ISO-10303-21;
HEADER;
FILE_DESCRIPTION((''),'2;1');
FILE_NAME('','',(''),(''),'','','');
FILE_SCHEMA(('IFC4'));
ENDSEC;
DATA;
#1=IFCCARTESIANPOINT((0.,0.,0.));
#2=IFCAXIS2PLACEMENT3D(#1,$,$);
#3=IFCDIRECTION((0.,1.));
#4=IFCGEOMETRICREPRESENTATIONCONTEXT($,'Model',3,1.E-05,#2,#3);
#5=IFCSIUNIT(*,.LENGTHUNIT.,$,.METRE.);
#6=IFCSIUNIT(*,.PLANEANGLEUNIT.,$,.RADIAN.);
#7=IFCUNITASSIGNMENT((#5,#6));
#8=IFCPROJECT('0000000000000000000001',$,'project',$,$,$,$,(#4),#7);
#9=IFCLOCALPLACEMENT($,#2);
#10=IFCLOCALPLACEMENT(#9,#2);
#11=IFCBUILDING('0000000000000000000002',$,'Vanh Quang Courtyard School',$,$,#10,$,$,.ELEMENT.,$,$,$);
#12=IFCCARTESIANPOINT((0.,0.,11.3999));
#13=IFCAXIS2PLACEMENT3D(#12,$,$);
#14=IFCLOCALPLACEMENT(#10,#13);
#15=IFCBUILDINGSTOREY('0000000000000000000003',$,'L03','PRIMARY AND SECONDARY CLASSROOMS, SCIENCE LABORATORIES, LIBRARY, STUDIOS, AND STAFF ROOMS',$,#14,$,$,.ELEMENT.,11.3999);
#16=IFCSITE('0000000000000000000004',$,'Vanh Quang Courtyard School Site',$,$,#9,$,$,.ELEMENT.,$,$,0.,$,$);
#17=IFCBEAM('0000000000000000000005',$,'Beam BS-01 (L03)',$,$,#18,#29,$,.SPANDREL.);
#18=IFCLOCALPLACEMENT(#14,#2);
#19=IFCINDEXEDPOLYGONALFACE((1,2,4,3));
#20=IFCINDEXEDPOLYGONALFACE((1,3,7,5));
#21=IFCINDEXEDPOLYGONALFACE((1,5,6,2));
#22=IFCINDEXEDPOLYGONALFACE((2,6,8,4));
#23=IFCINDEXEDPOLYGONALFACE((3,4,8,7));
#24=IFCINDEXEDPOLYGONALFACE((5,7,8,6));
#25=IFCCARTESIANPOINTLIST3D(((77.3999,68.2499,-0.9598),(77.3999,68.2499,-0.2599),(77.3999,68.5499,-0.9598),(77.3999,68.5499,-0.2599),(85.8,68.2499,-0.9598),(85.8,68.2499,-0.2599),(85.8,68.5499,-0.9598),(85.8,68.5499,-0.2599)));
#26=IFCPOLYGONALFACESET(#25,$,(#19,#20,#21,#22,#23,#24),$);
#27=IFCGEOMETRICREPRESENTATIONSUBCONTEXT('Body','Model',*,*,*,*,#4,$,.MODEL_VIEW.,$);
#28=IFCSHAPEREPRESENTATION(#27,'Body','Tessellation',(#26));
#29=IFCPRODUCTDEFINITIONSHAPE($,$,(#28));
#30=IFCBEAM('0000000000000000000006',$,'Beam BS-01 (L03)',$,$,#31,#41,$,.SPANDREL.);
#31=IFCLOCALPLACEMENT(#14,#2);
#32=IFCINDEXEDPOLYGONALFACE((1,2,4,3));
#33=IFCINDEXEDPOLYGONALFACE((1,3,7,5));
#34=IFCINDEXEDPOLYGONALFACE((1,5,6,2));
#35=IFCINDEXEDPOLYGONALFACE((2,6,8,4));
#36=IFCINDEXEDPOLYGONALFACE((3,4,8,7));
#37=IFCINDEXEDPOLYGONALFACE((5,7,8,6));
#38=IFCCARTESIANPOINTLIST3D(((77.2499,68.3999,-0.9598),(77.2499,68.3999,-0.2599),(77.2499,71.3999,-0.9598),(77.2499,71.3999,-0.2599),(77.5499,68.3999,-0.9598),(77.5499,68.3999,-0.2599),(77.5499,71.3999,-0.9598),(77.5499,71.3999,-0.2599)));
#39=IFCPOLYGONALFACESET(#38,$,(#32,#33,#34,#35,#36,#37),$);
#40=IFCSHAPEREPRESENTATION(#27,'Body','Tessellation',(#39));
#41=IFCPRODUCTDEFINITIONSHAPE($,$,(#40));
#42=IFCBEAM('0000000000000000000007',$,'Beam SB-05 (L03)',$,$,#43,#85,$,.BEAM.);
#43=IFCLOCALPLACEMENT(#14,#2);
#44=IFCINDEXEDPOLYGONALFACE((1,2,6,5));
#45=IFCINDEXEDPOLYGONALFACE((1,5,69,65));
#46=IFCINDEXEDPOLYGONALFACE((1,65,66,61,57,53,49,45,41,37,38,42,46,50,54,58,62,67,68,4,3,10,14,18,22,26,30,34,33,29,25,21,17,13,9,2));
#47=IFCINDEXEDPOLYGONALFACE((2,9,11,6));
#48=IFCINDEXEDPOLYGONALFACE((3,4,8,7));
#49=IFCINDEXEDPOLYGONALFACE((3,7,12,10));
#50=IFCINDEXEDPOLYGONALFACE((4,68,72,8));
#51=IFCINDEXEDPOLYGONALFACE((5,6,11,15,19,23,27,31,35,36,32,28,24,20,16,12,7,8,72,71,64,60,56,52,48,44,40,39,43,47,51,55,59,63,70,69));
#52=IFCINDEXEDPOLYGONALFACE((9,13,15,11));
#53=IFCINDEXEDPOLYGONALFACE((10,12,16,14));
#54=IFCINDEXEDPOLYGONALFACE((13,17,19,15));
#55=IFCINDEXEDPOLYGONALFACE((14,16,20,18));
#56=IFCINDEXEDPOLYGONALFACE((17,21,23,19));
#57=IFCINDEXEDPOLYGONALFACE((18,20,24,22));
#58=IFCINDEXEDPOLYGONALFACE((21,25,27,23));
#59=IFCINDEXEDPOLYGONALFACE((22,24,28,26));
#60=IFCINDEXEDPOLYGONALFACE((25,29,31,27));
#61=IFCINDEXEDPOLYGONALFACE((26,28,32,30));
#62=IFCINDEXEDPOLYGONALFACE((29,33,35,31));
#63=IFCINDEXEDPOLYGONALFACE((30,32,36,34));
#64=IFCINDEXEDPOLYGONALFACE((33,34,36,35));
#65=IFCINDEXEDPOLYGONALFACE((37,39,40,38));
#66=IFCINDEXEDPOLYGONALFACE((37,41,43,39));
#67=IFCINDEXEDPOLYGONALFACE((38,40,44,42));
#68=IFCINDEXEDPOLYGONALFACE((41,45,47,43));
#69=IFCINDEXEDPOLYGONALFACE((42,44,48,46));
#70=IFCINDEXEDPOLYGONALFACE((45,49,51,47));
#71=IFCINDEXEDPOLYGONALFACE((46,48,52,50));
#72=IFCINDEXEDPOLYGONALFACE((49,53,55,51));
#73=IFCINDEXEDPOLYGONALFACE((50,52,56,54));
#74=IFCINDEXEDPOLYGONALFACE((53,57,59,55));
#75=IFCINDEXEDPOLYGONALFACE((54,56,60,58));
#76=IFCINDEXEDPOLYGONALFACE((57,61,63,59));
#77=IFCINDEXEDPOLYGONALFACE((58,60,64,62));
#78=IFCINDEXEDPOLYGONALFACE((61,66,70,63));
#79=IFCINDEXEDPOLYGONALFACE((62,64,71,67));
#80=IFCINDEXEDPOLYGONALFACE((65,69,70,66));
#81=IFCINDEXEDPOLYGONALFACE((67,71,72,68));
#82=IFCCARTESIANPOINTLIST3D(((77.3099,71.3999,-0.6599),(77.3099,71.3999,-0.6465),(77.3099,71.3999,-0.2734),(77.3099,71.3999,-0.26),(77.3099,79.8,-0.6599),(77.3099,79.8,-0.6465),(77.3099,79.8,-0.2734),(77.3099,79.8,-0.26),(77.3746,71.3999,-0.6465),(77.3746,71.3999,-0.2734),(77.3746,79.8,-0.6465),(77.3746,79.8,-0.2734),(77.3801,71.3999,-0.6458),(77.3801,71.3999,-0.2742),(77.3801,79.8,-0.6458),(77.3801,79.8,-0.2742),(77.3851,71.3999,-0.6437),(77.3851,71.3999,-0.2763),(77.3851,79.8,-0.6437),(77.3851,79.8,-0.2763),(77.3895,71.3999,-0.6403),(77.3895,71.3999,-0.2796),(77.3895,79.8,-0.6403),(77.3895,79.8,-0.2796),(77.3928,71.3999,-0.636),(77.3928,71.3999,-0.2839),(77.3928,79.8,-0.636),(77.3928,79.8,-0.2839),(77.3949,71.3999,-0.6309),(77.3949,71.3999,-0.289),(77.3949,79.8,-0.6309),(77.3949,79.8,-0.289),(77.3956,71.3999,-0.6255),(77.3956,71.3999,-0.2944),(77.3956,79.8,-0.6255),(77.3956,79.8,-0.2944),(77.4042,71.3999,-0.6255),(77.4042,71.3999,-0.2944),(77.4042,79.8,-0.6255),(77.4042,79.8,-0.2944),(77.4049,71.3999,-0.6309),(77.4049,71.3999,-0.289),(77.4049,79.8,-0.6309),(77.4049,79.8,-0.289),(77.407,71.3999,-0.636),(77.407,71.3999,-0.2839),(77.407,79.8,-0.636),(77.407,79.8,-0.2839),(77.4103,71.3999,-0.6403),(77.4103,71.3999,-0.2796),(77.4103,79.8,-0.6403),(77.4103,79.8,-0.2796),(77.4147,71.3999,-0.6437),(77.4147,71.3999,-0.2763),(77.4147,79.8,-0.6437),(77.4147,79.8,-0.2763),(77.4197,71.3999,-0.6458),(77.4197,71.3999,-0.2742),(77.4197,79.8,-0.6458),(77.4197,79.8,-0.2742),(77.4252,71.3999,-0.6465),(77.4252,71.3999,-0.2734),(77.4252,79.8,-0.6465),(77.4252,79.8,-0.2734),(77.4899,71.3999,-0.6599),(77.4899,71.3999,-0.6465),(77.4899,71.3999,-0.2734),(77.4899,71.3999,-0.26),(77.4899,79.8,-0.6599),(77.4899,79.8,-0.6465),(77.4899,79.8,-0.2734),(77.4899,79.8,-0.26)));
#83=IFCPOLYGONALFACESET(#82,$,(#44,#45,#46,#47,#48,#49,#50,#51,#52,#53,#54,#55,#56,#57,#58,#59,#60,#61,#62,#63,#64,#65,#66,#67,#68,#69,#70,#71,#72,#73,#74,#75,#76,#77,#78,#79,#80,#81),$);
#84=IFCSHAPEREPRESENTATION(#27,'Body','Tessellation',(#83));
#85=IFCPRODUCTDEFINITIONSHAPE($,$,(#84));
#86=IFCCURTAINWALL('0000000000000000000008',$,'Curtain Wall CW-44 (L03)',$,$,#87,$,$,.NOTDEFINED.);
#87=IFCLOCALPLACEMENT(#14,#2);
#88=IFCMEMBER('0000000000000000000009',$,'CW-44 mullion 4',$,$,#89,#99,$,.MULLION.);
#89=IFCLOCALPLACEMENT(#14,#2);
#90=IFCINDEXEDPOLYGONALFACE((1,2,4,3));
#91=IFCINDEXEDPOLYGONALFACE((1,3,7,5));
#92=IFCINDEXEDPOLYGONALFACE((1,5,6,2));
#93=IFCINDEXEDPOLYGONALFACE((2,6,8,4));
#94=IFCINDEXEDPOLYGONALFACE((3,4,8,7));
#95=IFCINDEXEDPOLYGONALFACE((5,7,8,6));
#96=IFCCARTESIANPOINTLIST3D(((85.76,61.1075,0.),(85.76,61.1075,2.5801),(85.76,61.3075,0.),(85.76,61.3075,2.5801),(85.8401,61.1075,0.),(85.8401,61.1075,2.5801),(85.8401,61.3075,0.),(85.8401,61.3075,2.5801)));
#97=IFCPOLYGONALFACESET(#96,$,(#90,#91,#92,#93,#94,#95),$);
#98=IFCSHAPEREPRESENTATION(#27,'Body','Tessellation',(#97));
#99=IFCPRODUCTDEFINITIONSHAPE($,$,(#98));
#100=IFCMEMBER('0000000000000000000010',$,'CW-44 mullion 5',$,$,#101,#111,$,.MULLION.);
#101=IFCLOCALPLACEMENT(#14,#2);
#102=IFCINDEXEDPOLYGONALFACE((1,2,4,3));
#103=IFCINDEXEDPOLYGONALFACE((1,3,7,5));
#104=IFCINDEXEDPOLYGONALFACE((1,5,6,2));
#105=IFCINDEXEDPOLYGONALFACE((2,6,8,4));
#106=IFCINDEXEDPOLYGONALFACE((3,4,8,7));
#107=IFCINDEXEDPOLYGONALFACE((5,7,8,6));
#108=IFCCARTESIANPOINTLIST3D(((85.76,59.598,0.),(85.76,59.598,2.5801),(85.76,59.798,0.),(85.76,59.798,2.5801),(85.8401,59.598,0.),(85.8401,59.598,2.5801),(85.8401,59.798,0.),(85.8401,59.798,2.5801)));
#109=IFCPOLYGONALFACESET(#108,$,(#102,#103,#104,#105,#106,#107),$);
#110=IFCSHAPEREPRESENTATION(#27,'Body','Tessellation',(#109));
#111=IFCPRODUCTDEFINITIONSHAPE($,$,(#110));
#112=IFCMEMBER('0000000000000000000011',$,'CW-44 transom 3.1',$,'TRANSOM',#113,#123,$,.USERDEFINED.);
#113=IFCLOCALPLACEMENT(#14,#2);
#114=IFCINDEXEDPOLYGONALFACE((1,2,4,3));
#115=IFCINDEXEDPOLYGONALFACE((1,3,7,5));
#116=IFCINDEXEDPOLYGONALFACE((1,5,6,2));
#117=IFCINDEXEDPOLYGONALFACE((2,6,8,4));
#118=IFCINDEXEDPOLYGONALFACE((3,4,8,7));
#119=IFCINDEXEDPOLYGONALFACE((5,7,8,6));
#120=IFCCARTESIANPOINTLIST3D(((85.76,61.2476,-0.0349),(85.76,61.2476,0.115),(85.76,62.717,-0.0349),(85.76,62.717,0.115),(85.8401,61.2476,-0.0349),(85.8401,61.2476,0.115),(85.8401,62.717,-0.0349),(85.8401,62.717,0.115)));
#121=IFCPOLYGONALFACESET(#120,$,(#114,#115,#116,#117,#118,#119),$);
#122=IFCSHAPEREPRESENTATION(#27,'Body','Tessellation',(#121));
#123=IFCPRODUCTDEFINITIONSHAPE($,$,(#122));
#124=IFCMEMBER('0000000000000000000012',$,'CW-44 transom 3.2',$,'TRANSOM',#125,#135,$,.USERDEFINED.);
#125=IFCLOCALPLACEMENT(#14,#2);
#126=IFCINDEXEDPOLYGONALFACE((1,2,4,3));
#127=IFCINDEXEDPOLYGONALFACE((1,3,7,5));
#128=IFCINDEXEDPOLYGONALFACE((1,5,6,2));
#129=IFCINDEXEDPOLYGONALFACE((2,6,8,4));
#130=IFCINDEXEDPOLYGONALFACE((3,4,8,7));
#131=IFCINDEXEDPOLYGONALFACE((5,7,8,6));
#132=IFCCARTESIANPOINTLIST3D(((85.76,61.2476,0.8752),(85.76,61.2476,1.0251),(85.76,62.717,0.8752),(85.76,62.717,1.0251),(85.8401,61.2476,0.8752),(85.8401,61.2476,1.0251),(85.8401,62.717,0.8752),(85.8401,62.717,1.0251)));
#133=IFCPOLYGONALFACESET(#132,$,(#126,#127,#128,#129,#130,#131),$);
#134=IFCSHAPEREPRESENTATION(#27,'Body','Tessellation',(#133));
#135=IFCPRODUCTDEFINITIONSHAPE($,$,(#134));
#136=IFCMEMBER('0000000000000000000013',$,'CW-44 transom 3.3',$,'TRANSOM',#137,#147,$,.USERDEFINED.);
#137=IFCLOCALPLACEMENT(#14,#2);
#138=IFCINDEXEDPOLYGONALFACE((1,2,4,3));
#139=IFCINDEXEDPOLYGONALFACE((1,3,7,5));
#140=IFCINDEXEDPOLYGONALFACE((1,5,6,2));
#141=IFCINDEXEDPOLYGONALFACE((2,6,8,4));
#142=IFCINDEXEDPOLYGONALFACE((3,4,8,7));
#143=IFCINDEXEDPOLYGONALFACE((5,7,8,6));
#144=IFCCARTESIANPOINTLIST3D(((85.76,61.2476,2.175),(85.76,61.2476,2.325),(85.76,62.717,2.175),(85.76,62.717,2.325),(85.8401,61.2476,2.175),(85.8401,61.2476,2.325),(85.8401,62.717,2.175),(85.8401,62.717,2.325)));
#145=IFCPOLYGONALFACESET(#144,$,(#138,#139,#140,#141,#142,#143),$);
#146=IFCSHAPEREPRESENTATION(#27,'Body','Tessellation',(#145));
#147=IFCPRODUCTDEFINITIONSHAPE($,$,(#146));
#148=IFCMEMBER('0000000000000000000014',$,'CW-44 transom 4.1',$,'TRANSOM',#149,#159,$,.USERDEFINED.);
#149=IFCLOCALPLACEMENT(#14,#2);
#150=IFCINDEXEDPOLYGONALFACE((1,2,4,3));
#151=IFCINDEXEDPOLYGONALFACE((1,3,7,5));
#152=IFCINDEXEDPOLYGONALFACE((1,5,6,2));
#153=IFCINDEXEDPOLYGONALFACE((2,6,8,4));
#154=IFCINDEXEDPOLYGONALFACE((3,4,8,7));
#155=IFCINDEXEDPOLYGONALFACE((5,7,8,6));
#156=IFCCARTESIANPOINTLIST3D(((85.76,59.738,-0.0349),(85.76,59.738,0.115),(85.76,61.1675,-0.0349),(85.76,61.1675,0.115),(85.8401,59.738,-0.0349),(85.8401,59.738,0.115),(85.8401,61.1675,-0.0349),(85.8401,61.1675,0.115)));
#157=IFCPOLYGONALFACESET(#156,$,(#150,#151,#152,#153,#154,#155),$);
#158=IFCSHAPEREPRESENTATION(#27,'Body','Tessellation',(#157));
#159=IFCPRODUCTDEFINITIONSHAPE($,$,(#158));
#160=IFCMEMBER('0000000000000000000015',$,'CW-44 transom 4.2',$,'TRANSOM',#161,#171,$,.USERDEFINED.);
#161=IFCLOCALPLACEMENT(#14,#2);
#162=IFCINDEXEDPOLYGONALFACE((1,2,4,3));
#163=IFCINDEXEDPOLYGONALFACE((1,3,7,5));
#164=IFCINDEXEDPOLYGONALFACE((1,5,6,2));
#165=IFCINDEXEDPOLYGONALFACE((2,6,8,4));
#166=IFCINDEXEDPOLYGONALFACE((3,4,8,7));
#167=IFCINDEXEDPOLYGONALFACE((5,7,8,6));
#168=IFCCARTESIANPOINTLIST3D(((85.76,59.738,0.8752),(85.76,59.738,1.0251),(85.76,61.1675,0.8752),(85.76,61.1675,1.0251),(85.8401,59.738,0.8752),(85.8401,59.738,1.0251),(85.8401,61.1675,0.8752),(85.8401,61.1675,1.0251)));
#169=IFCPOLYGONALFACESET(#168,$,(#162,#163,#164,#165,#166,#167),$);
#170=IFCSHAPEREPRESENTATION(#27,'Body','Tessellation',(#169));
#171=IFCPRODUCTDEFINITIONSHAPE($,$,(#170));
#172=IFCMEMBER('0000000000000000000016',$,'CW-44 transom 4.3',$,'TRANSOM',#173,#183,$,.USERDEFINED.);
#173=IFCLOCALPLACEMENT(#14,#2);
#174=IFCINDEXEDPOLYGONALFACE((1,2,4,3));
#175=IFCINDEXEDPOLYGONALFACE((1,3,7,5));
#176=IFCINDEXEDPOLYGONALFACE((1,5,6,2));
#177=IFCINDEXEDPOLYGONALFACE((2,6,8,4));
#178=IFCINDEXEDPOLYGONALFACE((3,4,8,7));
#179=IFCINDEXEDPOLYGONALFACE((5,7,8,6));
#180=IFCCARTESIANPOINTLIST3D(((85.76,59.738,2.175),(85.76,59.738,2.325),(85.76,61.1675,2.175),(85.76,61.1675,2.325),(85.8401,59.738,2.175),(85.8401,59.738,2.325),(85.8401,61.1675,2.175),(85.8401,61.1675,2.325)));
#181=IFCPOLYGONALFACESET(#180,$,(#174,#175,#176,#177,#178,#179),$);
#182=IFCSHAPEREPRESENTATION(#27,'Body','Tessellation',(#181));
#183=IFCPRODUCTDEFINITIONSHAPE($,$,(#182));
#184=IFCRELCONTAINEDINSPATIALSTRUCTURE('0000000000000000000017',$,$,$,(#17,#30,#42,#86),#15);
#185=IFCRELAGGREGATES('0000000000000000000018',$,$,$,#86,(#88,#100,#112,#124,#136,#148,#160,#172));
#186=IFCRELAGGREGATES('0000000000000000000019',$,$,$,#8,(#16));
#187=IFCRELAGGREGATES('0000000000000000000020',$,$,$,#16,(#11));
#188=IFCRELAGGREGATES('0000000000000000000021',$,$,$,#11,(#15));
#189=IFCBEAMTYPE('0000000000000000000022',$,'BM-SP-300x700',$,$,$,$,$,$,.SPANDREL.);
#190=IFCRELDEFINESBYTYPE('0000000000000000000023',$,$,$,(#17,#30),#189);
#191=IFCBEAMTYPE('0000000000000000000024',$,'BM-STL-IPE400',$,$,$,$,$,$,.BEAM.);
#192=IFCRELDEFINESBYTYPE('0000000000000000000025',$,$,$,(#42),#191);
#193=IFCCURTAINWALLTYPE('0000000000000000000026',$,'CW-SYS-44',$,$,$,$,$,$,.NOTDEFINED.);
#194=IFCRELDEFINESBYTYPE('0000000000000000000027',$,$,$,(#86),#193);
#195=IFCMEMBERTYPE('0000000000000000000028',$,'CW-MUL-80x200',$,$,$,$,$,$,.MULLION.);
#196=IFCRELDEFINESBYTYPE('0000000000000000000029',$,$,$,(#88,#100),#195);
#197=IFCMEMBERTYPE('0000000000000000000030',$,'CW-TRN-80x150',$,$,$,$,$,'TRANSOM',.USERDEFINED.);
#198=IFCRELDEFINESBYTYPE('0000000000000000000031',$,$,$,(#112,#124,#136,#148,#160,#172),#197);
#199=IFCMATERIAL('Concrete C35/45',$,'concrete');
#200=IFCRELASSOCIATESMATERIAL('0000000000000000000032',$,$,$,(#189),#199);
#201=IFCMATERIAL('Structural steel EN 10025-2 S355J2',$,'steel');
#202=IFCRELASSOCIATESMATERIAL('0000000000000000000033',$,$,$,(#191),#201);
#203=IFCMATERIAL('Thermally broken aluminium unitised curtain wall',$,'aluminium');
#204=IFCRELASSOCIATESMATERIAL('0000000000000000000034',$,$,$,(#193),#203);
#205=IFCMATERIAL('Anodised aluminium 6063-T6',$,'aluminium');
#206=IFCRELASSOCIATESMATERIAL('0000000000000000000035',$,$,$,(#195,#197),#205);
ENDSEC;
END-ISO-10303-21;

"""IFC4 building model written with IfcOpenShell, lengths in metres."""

from ifc_helpers import new_model, si_unit, direction, frame, origin, origin_2d, place, context, subcontext, project, spatial, rectangle, i_section, extrude, material, material_profile, profile_set, type_object, element, aggregate, save


model = new_model("IFC4")

# Units and contexts
model_context = context("Model", 3, precision=1e-05, world=origin(), true_north=direction((0.0, 1.0)))
body_context = subcontext(model_context, "Body", "Model", "MODEL_VIEW")
ifc_project = project(units=[si_unit("LENGTHUNIT", "METRE"), si_unit("PLANEANGLEUNIT", "RADIAN")], contexts=[model_context])

# Site, building, storey
site_placement = place(None, origin())
site = spatial("IfcSite", under=ifc_project, at=site_placement, Name="Vanh Quang Courtyard School Site", CompositionType="ELEMENT", RefElevation=0.0)
building_placement = place(site_placement, origin())
building = spatial("IfcBuilding", under=site, at=building_placement, Name="Vanh Quang Courtyard School", CompositionType="ELEMENT")
storey_placement = place(building_placement, frame((0.0, 0.0, 11.3999)))
storey = spatial("IfcBuildingStorey", under=building, at=storey_placement, Name="L03", Description="PRIMARY AND SECONDARY CLASSROOMS, SCIENCE LABORATORIES, LIBRARY, STUDIOS, AND STAFF ROOMS", CompositionType="ELEMENT", Elevation=11.3999)

# Beams
ifc_material_1 = material(Name="Concrete C35/45", Category="concrete")
ifc_material_profile_1 = material_profile(ifc_material_1, rectangle(XDim=0.3, YDim=0.7, at=origin_2d()), Name="RC-SP 300x700")
ifc_profile_set_1 = profile_set([ifc_material_profile_1], Name="Concrete C35/45")
beam_type_1 = type_object("IfcBeamType", Name="BM-SP-300x700", PredefinedType="SPANDREL", material=ifc_profile_set_1)
beam_1_placement = place(storey_placement, frame((77.3999, 68.3999, -0.6099), z_axis=(1.0, 0.0, 0.0), x_axis=(0.0, 1.0, 0.0)))
element("IfcBeam", 1, at=beam_1_placement, inside=storey, type_object=beam_type_1, Name="Beam BS-01 (L03)", PredefinedType="SPANDREL", context=body_context, shape_type="SweptSolid", body=[
    extrude(rectangle(XDim=0.3, YDim=0.7, at=origin_2d()), origin(), (0.0, 0.0, 1.0), 8.4001),
])
beam_2_placement = place(storey_placement, frame((77.3999, 68.3999, -0.6099), z_axis=(0.0, 1.0, 0.0), x_axis=(-1.0, 0.0, 0.0)))
element("IfcBeam", 2, at=beam_2_placement, inside=storey, type_object=beam_type_1, Name="Beam BS-01 (L03)", PredefinedType="SPANDREL", context=body_context, shape_type="SweptSolid", body=[
    extrude(rectangle(XDim=0.3, YDim=0.7, at=origin_2d()), origin(), (0.0, 0.0, 1.0), 3.0),
])
ifc_material_2 = material(Name="Structural steel EN 10025-2 S355J2", Category="steel")
ifc_material_profile_2 = material_profile(ifc_material_2, i_section(OverallWidth=0.1799, OverallDepth=0.3999, WebThickness=0.0085, FlangeThickness=0.0134, FilletRadius=0.021, at=origin_2d()), Name="IPE 400")
ifc_profile_set_2 = profile_set([ifc_material_profile_2], Name="Structural steel EN 10025-2 S355J2")
beam_type_2 = type_object("IfcBeamType", Name="BM-STL-IPE400", PredefinedType="BEAM", material=ifc_profile_set_2)
beam_3_placement = place(storey_placement, frame((77.3999, 71.3999, -0.46), z_axis=(0.0, 1.0, 0.0), x_axis=(-1.0, 0.0, 0.0)))
element("IfcBeam", 3, at=beam_3_placement, inside=storey, type_object=beam_type_2, Name="Beam SB-05 (L03)", PredefinedType="BEAM", context=body_context, shape_type="SweptSolid", body=[
    extrude(i_section(OverallWidth=0.1799, OverallDepth=0.3999, WebThickness=0.0085, FlangeThickness=0.0134, FilletRadius=0.021, at=origin_2d()), origin(), (0.0, 0.0, 1.0), 8.4001),
])

# Curtain wall, members
ifc_material_3 = material(Name="Thermally broken aluminium unitised curtain wall", Category="aluminium")
curtain_wall_type = type_object("IfcCurtainWallType", Name="CW-SYS-44", PredefinedType="NOTDEFINED", material=ifc_material_3)
curtain_wall_placement = place(storey_placement, origin())
curtain_wall = element("IfcCurtainWall", 4, at=curtain_wall_placement, inside=storey, type_object=curtain_wall_type, Name="Curtain Wall CW-44 (L03)", PredefinedType="NOTDEFINED")
ifc_material_4 = material(Name="Anodised aluminium 6063-T6", Category="aluminium")
ifc_material_profile_3 = material_profile(ifc_material_4, rectangle(XDim=0.0801, YDim=0.2, at=origin_2d()), Name="ALU-MUL 80x200")
ifc_profile_set_3 = profile_set([ifc_material_profile_3], Name="Anodised aluminium 6063-T6")
member_type_1 = type_object("IfcMemberType", Name="CW-MUL-80x200", PredefinedType="MULLION", material=ifc_profile_set_3)
member_1_placement = place(storey_placement, frame((85.8, 61.2075, 0.0), z_axis=(0.0, 0.0, 1.0), x_axis=(1.0, 0.0, 0.0)))
member_1 = element("IfcMember", 5, at=member_1_placement, type_object=member_type_1, Name="CW-44 mullion 4", PredefinedType="MULLION", context=body_context, shape_type="SweptSolid", body=[
    extrude(rectangle(XDim=0.0801, YDim=0.2, at=origin_2d()), origin(), (0.0, 0.0, 1.0), 2.5801),
])
member_2_placement = place(storey_placement, frame((85.8, 59.698, 0.0), z_axis=(0.0, 0.0, 1.0), x_axis=(1.0, 0.0, 0.0)))
member_2 = element("IfcMember", 6, at=member_2_placement, type_object=member_type_1, Name="CW-44 mullion 5", PredefinedType="MULLION", context=body_context, shape_type="SweptSolid", body=[
    extrude(rectangle(XDim=0.0801, YDim=0.2, at=origin_2d()), origin(), (0.0, 0.0, 1.0), 2.5801),
])
ifc_material_profile_4 = material_profile(ifc_material_4, rectangle(XDim=0.0801, YDim=0.1499, at=origin_2d()), Name="ALU-TRN 80x150")
ifc_profile_set_4 = profile_set([ifc_material_profile_4], Name="Anodised aluminium 6063-T6")
member_type_2 = type_object("IfcMemberType", Name="CW-TRN-80x150", ElementType="TRANSOM", PredefinedType="USERDEFINED", material=ifc_profile_set_4)
member_3_placement = place(storey_placement, frame((85.8, 62.717, 0.04), z_axis=(0.0, -1.0, 0.0), x_axis=(1.0, 0.0, 0.0)))
member_3 = element("IfcMember", 7, at=member_3_placement, type_object=member_type_2, Name="CW-44 transom 3.1", ObjectType="TRANSOM", PredefinedType="USERDEFINED", context=body_context, shape_type="SweptSolid", body=[
    extrude(rectangle(XDim=0.0801, YDim=0.1499, at=origin_2d()), origin(), (0.0, 0.0, 1.0), 1.4695),
])
member_4_placement = place(storey_placement, frame((85.8, 62.717, 0.9502), z_axis=(0.0, -1.0, 0.0), x_axis=(1.0, 0.0, 0.0)))
member_4 = element("IfcMember", 8, at=member_4_placement, type_object=member_type_2, Name="CW-44 transom 3.2", ObjectType="TRANSOM", PredefinedType="USERDEFINED", context=body_context, shape_type="SweptSolid", body=[
    extrude(rectangle(XDim=0.0801, YDim=0.1499, at=origin_2d()), origin(), (0.0, 0.0, 1.0), 1.4695),
])
member_5_placement = place(storey_placement, frame((85.8, 62.717, 2.25), z_axis=(0.0, -1.0, 0.0), x_axis=(1.0, 0.0, 0.0)))
member_5 = element("IfcMember", 9, at=member_5_placement, type_object=member_type_2, Name="CW-44 transom 3.3", ObjectType="TRANSOM", PredefinedType="USERDEFINED", context=body_context, shape_type="SweptSolid", body=[
    extrude(rectangle(XDim=0.0801, YDim=0.1499, at=origin_2d()), origin(), (0.0, 0.0, 1.0), 1.4695),
])
member_6_placement = place(storey_placement, frame((85.8, 61.1675, 0.04), z_axis=(0.0, -1.0, 0.0), x_axis=(1.0, 0.0, 0.0)))
member_6 = element("IfcMember", 10, at=member_6_placement, type_object=member_type_2, Name="CW-44 transom 4.1", ObjectType="TRANSOM", PredefinedType="USERDEFINED", context=body_context, shape_type="SweptSolid", body=[
    extrude(rectangle(XDim=0.0801, YDim=0.1499, at=origin_2d()), origin(), (0.0, 0.0, 1.0), 1.4294),
])
member_7_placement = place(storey_placement, frame((85.8, 61.1675, 0.9502), z_axis=(0.0, -1.0, 0.0), x_axis=(1.0, 0.0, 0.0)))
member_7 = element("IfcMember", 11, at=member_7_placement, type_object=member_type_2, Name="CW-44 transom 4.2", ObjectType="TRANSOM", PredefinedType="USERDEFINED", context=body_context, shape_type="SweptSolid", body=[
    extrude(rectangle(XDim=0.0801, YDim=0.1499, at=origin_2d()), origin(), (0.0, 0.0, 1.0), 1.4294),
])
member_8_placement = place(storey_placement, frame((85.8, 61.1675, 2.25), z_axis=(0.0, -1.0, 0.0), x_axis=(1.0, 0.0, 0.0)))
member_8 = element("IfcMember", 12, at=member_8_placement, type_object=member_type_2, Name="CW-44 transom 4.3", ObjectType="TRANSOM", PredefinedType="USERDEFINED", context=body_context, shape_type="SweptSolid", body=[
    extrude(rectangle(XDim=0.0801, YDim=0.1499, at=origin_2d()), origin(), (0.0, 0.0, 1.0), 1.4294),
])

aggregate(curtain_wall, [member_1, member_2, member_3, member_4, member_5, member_6, member_7, member_8])

save(model, "model.ifc")
